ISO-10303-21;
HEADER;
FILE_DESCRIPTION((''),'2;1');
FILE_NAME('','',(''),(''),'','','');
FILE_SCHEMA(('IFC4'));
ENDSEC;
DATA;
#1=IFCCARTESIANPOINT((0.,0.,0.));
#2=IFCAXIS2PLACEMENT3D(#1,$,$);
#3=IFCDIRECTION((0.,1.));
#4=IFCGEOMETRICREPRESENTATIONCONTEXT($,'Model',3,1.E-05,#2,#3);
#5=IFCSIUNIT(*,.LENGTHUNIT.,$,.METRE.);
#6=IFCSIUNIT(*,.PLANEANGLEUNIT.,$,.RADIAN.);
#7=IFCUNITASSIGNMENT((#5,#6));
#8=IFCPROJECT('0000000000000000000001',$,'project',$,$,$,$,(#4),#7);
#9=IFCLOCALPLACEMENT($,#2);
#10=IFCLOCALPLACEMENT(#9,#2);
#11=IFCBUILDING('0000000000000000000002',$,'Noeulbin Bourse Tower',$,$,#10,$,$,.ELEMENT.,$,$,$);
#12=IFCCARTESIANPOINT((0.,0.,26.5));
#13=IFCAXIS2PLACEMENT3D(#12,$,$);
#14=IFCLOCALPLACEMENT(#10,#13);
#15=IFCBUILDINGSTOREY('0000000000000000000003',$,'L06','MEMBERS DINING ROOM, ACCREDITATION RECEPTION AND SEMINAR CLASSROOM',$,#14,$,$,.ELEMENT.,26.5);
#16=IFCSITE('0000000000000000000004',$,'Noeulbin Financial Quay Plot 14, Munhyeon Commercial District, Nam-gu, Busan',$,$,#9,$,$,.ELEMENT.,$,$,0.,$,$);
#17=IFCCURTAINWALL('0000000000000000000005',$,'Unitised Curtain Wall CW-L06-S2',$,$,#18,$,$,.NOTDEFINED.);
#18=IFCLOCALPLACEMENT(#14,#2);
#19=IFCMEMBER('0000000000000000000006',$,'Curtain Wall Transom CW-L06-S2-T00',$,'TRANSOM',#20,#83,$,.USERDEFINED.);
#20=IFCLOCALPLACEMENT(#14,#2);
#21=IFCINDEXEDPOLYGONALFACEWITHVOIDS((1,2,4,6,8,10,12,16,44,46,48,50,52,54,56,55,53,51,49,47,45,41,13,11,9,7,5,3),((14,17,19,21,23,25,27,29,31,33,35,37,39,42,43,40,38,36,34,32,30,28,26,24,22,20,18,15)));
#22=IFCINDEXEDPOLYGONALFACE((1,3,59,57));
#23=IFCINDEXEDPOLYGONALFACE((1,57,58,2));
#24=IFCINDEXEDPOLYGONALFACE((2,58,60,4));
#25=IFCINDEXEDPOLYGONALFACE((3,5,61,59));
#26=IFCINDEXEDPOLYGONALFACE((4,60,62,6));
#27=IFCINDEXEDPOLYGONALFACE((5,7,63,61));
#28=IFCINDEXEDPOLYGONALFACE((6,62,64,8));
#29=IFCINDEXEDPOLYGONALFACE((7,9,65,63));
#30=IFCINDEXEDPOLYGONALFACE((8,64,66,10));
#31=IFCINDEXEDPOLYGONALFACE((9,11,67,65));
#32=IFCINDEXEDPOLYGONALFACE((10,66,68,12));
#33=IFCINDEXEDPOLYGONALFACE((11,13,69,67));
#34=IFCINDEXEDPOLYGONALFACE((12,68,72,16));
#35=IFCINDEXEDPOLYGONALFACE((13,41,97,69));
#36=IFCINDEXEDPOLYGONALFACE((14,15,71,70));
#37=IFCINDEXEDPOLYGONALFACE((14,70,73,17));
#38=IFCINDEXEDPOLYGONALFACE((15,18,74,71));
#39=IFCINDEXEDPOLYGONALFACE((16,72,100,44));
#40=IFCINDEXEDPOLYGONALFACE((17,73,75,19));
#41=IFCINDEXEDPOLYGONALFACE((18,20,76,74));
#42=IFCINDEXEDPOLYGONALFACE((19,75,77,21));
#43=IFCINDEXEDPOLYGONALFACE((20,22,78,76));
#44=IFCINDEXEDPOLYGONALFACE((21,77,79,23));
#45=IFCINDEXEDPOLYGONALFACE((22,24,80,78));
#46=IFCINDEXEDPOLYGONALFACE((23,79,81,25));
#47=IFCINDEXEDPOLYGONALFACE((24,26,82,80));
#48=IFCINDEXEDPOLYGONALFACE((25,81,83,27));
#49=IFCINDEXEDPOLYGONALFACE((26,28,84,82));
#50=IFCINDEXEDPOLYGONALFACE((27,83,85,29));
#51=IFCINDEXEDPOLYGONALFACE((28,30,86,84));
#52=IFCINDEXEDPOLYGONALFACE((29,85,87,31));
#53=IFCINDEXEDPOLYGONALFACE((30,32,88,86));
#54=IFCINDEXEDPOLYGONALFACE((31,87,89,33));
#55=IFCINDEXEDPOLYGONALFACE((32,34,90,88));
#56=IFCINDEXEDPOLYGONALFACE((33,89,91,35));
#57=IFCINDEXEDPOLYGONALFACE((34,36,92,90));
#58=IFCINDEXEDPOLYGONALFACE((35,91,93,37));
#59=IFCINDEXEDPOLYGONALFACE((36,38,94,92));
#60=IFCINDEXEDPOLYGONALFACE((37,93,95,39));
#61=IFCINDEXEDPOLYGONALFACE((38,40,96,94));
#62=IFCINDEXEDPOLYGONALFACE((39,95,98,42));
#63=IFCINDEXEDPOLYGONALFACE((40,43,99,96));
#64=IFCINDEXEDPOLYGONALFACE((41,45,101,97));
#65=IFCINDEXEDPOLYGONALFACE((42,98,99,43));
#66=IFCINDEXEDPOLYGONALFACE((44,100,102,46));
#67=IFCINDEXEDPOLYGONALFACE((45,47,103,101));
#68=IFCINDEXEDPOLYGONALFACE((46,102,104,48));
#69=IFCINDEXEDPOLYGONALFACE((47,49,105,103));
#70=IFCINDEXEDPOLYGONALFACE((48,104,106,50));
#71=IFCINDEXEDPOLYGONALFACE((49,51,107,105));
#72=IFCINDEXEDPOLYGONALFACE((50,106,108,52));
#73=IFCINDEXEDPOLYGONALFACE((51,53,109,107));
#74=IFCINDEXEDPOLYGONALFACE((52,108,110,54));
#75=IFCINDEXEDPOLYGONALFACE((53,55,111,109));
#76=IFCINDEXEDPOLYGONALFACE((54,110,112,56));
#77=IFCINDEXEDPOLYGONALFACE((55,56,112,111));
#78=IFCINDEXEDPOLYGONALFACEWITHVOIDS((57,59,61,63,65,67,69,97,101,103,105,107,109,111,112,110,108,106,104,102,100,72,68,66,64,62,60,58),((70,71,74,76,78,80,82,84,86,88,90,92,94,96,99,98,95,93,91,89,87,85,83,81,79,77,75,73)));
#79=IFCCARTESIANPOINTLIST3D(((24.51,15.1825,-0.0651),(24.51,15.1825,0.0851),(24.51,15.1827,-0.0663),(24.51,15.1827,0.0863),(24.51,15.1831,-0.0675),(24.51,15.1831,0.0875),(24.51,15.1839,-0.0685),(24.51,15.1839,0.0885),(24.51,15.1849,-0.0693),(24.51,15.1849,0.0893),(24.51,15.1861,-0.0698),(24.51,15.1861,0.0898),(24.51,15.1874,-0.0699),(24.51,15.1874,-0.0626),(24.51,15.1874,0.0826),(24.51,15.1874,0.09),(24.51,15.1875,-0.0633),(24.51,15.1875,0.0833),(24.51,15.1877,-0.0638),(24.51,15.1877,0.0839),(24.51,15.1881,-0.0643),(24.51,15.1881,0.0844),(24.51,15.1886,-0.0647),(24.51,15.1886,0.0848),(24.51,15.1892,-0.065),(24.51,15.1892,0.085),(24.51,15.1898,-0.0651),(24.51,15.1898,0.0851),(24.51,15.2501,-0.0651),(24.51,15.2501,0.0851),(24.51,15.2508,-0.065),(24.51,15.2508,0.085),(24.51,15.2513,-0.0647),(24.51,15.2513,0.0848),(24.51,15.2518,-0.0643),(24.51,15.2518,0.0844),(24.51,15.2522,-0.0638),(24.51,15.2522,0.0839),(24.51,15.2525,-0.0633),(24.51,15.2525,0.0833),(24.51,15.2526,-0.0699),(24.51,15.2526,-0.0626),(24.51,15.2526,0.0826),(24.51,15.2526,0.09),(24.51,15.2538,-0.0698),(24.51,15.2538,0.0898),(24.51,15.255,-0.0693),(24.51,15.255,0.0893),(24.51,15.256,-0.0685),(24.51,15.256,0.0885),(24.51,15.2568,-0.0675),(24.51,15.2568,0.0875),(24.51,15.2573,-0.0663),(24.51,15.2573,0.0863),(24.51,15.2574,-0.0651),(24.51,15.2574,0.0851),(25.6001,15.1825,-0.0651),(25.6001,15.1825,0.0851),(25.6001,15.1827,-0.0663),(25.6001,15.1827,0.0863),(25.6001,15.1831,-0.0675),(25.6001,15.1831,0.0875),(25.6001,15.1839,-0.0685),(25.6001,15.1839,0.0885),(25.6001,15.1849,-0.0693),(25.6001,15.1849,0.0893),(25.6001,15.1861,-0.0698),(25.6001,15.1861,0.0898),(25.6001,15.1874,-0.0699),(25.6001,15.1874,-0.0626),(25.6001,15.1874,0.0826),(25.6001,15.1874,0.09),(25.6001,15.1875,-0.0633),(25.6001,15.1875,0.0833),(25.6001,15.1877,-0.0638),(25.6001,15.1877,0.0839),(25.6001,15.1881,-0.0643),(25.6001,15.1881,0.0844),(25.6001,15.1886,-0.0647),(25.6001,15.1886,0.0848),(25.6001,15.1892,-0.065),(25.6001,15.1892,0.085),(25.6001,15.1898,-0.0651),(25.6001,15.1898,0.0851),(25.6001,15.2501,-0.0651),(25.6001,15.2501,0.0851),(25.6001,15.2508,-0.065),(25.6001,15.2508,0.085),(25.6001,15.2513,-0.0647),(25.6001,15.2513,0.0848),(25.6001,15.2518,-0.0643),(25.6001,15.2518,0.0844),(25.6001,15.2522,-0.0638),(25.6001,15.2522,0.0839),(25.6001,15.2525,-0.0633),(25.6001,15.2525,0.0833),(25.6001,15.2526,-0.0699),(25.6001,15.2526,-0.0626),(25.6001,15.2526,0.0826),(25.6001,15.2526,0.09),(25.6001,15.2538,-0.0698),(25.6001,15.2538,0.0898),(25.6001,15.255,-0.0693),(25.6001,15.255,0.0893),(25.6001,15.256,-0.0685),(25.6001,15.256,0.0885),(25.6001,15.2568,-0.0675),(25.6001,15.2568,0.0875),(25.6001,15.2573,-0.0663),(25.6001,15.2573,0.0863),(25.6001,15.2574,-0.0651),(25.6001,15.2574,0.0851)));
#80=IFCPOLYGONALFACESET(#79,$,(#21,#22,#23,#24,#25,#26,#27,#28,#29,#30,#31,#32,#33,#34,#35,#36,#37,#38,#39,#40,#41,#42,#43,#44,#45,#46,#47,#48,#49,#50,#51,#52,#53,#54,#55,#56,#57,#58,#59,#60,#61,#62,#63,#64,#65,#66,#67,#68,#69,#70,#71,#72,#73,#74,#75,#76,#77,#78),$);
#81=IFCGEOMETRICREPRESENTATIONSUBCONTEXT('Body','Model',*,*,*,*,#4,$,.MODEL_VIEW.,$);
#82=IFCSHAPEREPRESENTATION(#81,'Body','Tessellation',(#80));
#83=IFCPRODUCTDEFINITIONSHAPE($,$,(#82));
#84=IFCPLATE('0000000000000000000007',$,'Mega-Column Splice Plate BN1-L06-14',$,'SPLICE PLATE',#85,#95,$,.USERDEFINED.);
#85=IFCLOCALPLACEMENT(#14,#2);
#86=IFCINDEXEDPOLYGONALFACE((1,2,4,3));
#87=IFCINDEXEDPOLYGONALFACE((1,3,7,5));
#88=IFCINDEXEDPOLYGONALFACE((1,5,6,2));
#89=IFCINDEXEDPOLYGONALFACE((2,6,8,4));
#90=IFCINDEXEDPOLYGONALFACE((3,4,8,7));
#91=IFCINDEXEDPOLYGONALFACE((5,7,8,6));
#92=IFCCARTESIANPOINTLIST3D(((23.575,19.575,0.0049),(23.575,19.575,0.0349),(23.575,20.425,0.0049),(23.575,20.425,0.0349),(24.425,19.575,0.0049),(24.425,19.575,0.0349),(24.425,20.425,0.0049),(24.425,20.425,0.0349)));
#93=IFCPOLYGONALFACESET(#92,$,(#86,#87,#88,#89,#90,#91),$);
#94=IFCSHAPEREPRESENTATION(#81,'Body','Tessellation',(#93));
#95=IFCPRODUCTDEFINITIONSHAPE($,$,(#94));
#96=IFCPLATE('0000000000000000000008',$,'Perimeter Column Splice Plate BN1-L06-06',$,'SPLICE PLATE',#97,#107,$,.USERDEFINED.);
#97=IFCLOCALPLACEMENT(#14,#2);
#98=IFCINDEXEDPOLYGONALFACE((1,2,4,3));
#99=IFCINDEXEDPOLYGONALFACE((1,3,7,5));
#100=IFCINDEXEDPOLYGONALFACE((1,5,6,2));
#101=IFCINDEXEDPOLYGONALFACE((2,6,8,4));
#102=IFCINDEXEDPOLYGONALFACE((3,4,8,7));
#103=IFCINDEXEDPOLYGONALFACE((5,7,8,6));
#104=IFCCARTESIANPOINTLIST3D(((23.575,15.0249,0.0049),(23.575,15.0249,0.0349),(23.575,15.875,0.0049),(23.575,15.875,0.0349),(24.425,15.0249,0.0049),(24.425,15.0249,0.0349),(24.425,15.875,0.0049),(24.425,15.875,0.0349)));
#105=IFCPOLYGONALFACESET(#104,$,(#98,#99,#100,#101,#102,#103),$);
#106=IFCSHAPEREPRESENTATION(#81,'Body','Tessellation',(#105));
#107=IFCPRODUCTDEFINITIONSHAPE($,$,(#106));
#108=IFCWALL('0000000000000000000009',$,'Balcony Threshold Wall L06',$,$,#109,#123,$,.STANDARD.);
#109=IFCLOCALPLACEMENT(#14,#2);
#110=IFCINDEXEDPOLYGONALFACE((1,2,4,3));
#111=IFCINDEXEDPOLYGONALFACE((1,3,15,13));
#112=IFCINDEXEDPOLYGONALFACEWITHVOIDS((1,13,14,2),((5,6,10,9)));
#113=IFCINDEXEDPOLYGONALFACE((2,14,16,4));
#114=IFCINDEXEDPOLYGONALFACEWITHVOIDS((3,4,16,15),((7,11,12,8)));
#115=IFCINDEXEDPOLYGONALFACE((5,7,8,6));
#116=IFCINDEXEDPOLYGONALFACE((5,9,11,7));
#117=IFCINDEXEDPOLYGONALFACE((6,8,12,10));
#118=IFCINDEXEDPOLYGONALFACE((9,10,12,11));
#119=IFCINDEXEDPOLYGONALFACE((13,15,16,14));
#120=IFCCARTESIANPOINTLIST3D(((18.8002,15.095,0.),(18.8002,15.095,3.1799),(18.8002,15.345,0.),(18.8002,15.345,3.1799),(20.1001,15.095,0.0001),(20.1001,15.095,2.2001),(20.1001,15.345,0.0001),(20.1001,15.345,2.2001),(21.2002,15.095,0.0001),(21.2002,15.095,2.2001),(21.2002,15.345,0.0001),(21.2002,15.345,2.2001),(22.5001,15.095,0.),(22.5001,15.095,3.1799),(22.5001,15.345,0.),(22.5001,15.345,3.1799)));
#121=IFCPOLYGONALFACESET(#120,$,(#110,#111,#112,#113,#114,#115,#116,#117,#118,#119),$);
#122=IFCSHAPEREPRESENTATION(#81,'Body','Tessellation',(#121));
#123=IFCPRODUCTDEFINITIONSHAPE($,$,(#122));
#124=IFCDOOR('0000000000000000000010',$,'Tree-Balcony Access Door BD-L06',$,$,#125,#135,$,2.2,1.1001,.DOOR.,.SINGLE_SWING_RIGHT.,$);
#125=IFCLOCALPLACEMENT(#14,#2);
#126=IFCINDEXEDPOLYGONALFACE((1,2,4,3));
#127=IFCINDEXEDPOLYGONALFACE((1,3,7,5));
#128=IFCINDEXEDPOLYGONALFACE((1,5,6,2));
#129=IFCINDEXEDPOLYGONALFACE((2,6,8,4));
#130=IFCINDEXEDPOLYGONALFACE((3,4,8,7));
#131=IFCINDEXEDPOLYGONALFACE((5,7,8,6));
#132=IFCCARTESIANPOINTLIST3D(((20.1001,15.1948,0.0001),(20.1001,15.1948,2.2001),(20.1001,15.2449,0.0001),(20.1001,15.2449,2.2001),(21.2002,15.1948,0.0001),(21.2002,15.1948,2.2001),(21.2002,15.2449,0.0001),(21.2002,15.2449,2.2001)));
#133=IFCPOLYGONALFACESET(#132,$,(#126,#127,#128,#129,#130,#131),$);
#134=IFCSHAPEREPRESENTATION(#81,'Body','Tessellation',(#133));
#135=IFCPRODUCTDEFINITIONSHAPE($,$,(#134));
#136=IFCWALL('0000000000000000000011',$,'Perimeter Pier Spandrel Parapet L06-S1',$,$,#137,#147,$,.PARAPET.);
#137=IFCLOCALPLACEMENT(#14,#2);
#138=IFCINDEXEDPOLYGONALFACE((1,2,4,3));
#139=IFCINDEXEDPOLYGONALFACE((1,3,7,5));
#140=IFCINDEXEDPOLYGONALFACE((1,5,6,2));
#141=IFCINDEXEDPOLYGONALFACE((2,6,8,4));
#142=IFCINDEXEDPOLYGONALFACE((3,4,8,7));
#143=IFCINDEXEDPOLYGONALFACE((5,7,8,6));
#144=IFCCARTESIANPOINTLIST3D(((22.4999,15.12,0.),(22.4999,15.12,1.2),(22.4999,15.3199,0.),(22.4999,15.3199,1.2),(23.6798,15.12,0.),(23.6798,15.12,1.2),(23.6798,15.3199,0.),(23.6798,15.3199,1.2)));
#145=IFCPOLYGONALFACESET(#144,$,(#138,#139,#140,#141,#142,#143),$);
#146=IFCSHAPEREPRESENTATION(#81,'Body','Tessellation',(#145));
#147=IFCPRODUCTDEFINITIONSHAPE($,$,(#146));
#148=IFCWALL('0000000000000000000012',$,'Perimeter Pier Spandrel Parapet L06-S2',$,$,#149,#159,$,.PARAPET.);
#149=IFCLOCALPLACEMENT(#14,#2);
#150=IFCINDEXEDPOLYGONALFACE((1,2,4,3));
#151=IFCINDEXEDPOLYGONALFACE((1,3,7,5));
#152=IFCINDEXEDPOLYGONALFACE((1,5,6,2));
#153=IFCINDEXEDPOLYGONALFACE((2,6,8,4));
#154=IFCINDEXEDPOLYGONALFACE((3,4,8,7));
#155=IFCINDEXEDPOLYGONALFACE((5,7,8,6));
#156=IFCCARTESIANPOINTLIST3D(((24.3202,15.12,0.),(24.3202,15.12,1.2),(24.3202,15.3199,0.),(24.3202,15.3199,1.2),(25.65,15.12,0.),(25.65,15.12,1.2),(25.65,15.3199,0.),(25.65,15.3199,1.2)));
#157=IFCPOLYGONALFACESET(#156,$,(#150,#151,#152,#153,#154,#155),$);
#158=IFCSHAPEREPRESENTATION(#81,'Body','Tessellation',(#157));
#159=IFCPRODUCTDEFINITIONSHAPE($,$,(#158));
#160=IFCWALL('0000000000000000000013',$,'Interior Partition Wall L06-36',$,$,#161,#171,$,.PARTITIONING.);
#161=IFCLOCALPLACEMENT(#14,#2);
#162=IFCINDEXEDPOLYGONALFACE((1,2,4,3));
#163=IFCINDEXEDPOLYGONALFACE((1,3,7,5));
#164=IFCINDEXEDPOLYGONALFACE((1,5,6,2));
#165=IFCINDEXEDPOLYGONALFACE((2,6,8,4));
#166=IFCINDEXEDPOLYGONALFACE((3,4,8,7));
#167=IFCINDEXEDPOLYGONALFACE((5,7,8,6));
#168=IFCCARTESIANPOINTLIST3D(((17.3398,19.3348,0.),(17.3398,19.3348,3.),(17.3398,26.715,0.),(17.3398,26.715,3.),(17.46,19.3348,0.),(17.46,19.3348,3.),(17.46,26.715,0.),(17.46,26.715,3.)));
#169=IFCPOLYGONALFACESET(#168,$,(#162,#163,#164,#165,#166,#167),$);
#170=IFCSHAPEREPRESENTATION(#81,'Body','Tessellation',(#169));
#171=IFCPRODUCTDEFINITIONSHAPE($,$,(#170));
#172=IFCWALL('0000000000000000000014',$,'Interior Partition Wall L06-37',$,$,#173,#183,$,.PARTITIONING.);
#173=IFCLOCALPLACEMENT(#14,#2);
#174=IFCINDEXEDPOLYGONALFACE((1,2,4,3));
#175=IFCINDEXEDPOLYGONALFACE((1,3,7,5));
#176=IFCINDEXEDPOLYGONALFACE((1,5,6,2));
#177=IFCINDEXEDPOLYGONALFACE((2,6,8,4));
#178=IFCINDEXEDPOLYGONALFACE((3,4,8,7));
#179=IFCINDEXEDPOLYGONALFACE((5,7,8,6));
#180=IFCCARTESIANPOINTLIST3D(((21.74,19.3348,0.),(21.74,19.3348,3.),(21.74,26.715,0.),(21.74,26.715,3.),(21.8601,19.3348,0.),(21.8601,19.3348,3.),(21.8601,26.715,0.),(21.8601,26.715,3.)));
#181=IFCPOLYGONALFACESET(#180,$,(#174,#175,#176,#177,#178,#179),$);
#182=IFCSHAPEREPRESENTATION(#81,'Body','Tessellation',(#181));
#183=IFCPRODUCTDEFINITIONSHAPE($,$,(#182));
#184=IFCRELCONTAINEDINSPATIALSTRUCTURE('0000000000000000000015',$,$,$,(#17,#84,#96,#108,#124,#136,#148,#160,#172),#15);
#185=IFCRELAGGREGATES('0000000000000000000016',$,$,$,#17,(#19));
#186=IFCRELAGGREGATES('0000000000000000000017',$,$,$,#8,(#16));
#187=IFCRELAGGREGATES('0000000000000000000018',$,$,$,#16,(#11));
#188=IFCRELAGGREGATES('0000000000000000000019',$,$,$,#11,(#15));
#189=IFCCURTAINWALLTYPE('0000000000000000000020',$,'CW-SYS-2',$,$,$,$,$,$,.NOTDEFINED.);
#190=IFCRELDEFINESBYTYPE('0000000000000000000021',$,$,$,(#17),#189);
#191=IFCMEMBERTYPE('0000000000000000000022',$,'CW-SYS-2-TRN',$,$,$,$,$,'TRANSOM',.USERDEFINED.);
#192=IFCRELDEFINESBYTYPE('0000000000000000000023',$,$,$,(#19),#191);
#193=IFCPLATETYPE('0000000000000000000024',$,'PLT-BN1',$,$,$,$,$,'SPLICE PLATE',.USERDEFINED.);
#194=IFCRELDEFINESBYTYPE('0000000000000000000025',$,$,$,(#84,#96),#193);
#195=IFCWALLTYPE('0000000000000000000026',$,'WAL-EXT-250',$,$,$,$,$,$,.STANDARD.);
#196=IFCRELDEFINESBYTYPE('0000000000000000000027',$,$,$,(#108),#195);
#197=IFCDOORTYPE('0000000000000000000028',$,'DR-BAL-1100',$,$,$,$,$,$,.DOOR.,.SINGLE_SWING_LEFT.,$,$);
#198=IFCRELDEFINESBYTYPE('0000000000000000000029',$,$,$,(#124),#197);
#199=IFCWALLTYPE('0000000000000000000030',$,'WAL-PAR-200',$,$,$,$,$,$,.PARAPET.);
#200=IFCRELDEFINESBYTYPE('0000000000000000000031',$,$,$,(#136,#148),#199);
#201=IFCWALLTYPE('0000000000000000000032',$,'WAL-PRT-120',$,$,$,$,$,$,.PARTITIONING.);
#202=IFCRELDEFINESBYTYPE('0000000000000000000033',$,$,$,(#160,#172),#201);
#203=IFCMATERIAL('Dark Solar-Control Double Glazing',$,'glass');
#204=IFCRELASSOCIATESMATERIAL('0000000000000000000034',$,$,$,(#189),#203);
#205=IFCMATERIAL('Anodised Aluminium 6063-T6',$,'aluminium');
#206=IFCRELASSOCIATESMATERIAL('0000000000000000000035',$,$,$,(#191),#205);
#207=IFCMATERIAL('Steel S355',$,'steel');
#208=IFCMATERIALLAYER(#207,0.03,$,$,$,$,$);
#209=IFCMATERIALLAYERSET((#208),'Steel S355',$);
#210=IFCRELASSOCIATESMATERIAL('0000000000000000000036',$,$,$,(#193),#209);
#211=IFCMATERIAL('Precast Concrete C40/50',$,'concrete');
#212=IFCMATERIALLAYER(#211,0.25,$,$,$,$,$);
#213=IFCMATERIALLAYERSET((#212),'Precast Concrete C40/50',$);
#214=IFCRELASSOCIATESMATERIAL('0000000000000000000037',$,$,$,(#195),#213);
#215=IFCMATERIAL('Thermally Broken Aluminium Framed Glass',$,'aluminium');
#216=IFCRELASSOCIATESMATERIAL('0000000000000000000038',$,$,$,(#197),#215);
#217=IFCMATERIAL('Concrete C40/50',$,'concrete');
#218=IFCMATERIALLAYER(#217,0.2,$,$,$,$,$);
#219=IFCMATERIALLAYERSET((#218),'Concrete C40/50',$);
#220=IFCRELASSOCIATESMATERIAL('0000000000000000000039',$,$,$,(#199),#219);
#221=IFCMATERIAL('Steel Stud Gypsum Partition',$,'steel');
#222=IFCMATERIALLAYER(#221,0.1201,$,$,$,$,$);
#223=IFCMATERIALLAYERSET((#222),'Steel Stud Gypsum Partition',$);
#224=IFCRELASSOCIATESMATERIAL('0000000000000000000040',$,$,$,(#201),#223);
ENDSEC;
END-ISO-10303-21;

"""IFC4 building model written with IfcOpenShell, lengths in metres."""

from ifc_helpers import new_model, si_unit, direction, frame, frame_2d, origin, origin_2d, place, context, subcontext, project, spatial, rectangle, hollow_rectangle, extrude, material, layer, layer_set, material_profile, profile_set, type_object, element, fill, aggregate, save


model = new_model("IFC4")

# Units and contexts
model_context = context("Model", 3, precision=1e-05, world=origin(), true_north=direction((0.0, 1.0)))
body_context = subcontext(model_context, "Body", "Model", "MODEL_VIEW")
ifc_project = project(units=[si_unit("LENGTHUNIT", "METRE"), si_unit("PLANEANGLEUNIT", "RADIAN")], contexts=[model_context])

# Site, building, storey
site_placement = place(None, origin())
site = spatial("IfcSite", under=ifc_project, at=site_placement, Name="Noeulbin Financial Quay Plot 14, Munhyeon Commercial District, Nam-gu, Busan", CompositionType="ELEMENT", RefElevation=0.0)
building_placement = place(site_placement, origin())
building = spatial("IfcBuilding", under=site, at=building_placement, Name="Noeulbin Bourse Tower", CompositionType="ELEMENT")
storey_placement = place(building_placement, frame((0.0, 0.0, 26.5)))
storey = spatial("IfcBuildingStorey", under=building, at=storey_placement, Name="L06", Description="MEMBERS DINING ROOM, ACCREDITATION RECEPTION AND SEMINAR CLASSROOM", CompositionType="ELEMENT", Elevation=26.5)

# Shared definitions
ifc_material_1 = material(Name="Steel S355", Category="steel")

# Shared definitions
ifc_material_2 = material(Name="Dark Solar-Control Double Glazing", Category="glass")
curtain_wall_type = type_object("IfcCurtainWallType", Name="CW-SYS-2", PredefinedType="NOTDEFINED", material=ifc_material_2)
ifc_material_3 = material(Name="Anodised Aluminium 6063-T6", Category="aluminium")

# Curtain wall, member
curtain_wall_1_placement = place(storey_placement, origin())
curtain_wall_1 = element("IfcCurtainWall", 1, at=curtain_wall_1_placement, inside=storey, type_object=curtain_wall_type, Name="Unitised Curtain Wall CW-L06-S2", PredefinedType="NOTDEFINED")
ifc_material_profile_1 = material_profile(ifc_material_3, hollow_rectangle(XDim=0.075, YDim=0.1599, WallThickness=0.0049, InnerFilletRadius=0.0024, OuterFilletRadius=0.0049, at=origin_2d()), Name="ALU-TRAN-75x160x5", Category="LoadBearing")
ifc_profile_set_1 = profile_set([ifc_material_profile_1], Name="Anodised Aluminium 6063-T6")
member_type_1 = type_object("IfcMemberType", Name="CW-SYS-2-TRN", ElementType="TRANSOM", PredefinedType="USERDEFINED", material=ifc_profile_set_1)
member_1_placement = place(storey_placement, frame((24.51, 15.22, 0.01), z_axis=(1.0, 0.0, 0.0), x_axis=(0.0, 1.0, 0.0)))
member_1 = element("IfcMember", 2, at=member_1_placement, type_object=member_type_1, Name="Curtain Wall Transom CW-L06-S2-T00", ObjectType="TRANSOM", PredefinedType="USERDEFINED", context=body_context, shape_type="SweptSolid", body=[
    extrude(hollow_rectangle(XDim=0.075, YDim=0.1599, WallThickness=0.0049, InnerFilletRadius=0.0024, OuterFilletRadius=0.0049, at=origin_2d()), origin(), (0.0, 0.0, 1.0), 1.0901),
])
aggregate(curtain_wall_1, [member_1])

# Plates
ifc_layer_1 = layer(ifc_material_1, 0.03)
ifc_layer_set_1 = layer_set([ifc_layer_1], Name="Steel S355")
plate_type = type_object("IfcPlateType", Name="PLT-BN1", ElementType="SPLICE PLATE", PredefinedType="USERDEFINED", material=ifc_layer_set_1)
for number, where, z_axis, x_axis, name in (
    (3, (24.0, 20.0, 0.0049), (0.0, 0.0, 1.0), (1.0, 0.0, 0.0), "Mega-Column Splice Plate BN1-L06-14"),
    (4, (24.0, 15.45, 0.0049), (0.0, 0.0, 1.0), (1.0, 0.0, 0.0), "Perimeter Column Splice Plate BN1-L06-06"),
):
    element("IfcPlate", number, at=place(storey_placement, frame(where, z_axis=z_axis, x_axis=x_axis)), inside=storey, type_object=plate_type, Name=name, ObjectType="SPLICE PLATE", PredefinedType="USERDEFINED", context=body_context, shape_type="SweptSolid", body=[
        extrude(rectangle(XDim=0.8501, YDim=0.8501, at=origin_2d()), origin(), (0.0, 0.0, 1.0), 0.03),
    ])

# Wall, opening, door
ifc_material_4 = material(Name="Precast Concrete C40/50", Category="concrete")
ifc_layer_2 = layer(ifc_material_4, 0.25)
ifc_layer_set_2 = layer_set([ifc_layer_2], Name="Precast Concrete C40/50")
wall_type_1 = type_object("IfcWallType", Name="WAL-EXT-250", PredefinedType="STANDARD", material=ifc_layer_set_2)
wall_1_placement = place(storey_placement, frame((18.8, 15.22, 0.0), z_axis=(0.0, 0.0, 1.0), x_axis=(1.0, 0.0, 0.0)))
wall_1 = element("IfcWall", 5, at=wall_1_placement, inside=storey, type_object=wall_type_1, Name="Balcony Threshold Wall L06", PredefinedType="STANDARD", context=body_context, shape_type="SweptSolid", body=[
    extrude(rectangle(XDim=3.7, YDim=0.25, at=frame_2d((1.8501, 0.0))), origin(), (0.0, 0.0, 1.0), 3.1799),
])
opening_placement = place(wall_1_placement, frame((1.3, 0.0, 0.0)))
opening = element("IfcOpeningElement", 6, at=opening_placement, cuts=wall_1, PredefinedType="OPENING", context=body_context, shape_type="SweptSolid", body=[
    extrude(rectangle(XDim=1.1001, YDim=2.2, at=frame_2d((0.55, 1.1001))), frame((0.0, 0.135, 0.0), z_axis=(0.0, -1.0, 0.0), x_axis=(1.0, 0.0, 0.0)), (0.0, 0.0, 1.0), 0.27),
])
ifc_material_5 = material(Name="Thermally Broken Aluminium Framed Glass", Category="aluminium")
door_type = type_object("IfcDoorType", Name="DR-BAL-1100", OperationType="SINGLE_SWING_LEFT", PredefinedType="DOOR", material=ifc_material_5)
door_placement = place(opening_placement, origin())
door = element("IfcDoor", 7, at=door_placement, inside=storey, type_object=door_type, Name="Tree-Balcony Access Door BD-L06", OperationType="SINGLE_SWING_RIGHT", OverallHeight=2.2, OverallWidth=1.1001, PredefinedType="DOOR", context=body_context, shape_type="SweptSolid", body=[
    extrude(rectangle(XDim=1.1001, YDim=2.2, at=frame_2d((0.55, 1.1001))), frame((0.0, 0.0249, 0.0), z_axis=(0.0, -1.0, 0.0), x_axis=(1.0, 0.0, 0.0)), (0.0, 0.0, 1.0), 0.05),
])
fill(opening, door)

# Walls
ifc_material_6 = material(Name="Concrete C40/50", Category="concrete")
ifc_layer_3 = layer(ifc_material_6, 0.2)
ifc_layer_set_3 = layer_set([ifc_layer_3], Name="Concrete C40/50")
wall_type_2 = type_object("IfcWallType", Name="WAL-PAR-200", PredefinedType="PARAPET", material=ifc_layer_set_3)
wall_2_placement = place(storey_placement, frame((22.5, 15.22, 0.0), z_axis=(0.0, 0.0, 1.0), x_axis=(1.0, 0.0, 0.0)))
element("IfcWall", 8, at=wall_2_placement, inside=storey, type_object=wall_type_2, Name="Perimeter Pier Spandrel Parapet L06-S1", PredefinedType="PARAPET", context=body_context, shape_type="SweptSolid", body=[
    extrude(rectangle(XDim=1.1799, YDim=0.2, at=frame_2d((0.5898, 0.0))), origin(), (0.0, 0.0, 1.0), 1.2),
])
wall_3_placement = place(storey_placement, frame((24.3201, 15.22, 0.0), z_axis=(0.0, 0.0, 1.0), x_axis=(1.0, 0.0, 0.0)))
element("IfcWall", 9, at=wall_3_placement, inside=storey, type_object=wall_type_2, Name="Perimeter Pier Spandrel Parapet L06-S2", PredefinedType="PARAPET", context=body_context, shape_type="SweptSolid", body=[
    extrude(rectangle(XDim=1.3298, YDim=0.2, at=frame_2d((0.665, 0.0))), origin(), (0.0, 0.0, 1.0), 1.2),
])
ifc_material_7 = material(Name="Steel Stud Gypsum Partition", Category="steel")
ifc_layer_4 = layer(ifc_material_7, 0.1201)
ifc_layer_set_4 = layer_set([ifc_layer_4], Name="Steel Stud Gypsum Partition")
wall_type_3 = type_object("IfcWallType", Name="WAL-PRT-120", PredefinedType="PARTITIONING", material=ifc_layer_set_4)
for number, where, z_axis, x_axis, name in (
    (10, (17.3999, 19.335, 0.0), (0.0, 0.0, 1.0), (0.0, 1.0, 0.0), "Interior Partition Wall L06-36"),
    (11, (21.8, 19.335, 0.0), (0.0, 0.0, 1.0), (0.0, 1.0, 0.0), "Interior Partition Wall L06-37"),
):
    element("IfcWall", number, at=place(storey_placement, frame(where, z_axis=z_axis, x_axis=x_axis)), inside=storey, type_object=wall_type_3, Name=name, PredefinedType="PARTITIONING", context=body_context, shape_type="SweptSolid", body=[
        extrude(rectangle(XDim=7.3801, YDim=0.1201, at=frame_2d((3.6899, 0.0))), origin(), (0.0, 0.0, 1.0), 3.0),
    ])

save(model, "model.ifc")
